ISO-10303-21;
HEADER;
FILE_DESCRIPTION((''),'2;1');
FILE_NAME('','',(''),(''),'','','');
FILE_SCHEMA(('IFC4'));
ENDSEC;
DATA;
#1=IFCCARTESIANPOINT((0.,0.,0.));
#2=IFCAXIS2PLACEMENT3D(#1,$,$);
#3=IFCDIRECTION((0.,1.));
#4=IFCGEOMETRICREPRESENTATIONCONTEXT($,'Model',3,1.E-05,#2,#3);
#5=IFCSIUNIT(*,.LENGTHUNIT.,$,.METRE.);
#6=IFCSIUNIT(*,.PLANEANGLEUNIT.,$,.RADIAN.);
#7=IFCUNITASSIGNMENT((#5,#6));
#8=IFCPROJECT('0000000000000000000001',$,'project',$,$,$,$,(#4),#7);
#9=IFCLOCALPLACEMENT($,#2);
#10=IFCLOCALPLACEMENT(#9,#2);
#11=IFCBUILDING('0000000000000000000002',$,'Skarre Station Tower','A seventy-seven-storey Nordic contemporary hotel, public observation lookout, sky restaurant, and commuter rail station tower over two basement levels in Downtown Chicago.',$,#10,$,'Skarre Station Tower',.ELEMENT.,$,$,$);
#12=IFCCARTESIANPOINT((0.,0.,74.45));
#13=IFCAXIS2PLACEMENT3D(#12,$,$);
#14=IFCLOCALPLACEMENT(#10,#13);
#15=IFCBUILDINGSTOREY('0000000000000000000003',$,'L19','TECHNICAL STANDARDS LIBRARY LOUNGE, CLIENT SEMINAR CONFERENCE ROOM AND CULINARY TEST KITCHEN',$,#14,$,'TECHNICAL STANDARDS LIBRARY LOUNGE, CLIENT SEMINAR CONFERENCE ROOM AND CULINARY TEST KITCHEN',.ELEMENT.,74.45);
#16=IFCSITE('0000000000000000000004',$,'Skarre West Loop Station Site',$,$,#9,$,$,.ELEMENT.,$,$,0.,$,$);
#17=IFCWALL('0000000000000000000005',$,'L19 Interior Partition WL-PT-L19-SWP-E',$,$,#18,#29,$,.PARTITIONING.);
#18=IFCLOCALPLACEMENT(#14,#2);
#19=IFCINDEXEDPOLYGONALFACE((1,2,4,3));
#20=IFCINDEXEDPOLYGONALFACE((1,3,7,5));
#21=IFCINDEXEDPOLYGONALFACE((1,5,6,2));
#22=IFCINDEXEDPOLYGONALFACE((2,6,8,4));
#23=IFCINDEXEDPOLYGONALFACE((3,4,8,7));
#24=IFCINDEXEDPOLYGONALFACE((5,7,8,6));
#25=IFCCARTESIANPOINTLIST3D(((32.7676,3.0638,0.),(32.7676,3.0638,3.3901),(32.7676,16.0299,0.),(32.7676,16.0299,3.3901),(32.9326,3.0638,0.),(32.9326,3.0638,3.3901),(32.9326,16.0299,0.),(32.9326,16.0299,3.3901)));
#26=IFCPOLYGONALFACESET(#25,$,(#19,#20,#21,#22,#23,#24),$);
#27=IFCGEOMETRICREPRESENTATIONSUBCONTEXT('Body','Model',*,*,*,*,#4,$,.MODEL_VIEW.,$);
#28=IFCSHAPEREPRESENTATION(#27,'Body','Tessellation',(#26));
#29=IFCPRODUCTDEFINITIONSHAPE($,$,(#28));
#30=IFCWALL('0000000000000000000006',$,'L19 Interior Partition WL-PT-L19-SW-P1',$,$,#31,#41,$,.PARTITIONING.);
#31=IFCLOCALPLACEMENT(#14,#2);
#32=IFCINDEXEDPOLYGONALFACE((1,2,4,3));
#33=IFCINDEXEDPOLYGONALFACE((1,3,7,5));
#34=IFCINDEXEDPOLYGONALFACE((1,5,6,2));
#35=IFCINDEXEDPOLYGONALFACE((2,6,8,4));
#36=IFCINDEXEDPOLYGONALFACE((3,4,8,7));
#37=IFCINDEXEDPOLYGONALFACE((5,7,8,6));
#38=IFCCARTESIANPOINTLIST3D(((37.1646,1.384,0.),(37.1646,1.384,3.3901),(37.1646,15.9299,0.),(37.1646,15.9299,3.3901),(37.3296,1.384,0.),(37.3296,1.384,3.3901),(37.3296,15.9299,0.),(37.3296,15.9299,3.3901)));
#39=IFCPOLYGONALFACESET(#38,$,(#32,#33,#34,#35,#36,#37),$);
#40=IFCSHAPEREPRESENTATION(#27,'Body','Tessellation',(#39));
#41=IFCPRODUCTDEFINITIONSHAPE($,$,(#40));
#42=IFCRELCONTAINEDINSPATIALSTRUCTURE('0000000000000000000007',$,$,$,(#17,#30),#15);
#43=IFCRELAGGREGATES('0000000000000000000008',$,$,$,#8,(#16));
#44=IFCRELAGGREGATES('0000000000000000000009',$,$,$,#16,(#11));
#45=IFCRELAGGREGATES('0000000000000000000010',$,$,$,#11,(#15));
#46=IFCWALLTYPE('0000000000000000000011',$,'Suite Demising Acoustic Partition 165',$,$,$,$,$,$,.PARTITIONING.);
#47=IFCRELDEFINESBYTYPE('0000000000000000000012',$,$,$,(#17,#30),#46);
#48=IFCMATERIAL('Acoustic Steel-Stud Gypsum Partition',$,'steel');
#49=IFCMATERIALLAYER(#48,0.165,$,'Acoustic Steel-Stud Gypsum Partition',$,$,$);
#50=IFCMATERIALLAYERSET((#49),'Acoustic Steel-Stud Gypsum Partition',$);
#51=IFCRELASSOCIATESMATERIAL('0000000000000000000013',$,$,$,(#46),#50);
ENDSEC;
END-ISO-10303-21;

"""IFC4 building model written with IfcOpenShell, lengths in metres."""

from ifc_helpers import new_model, si_unit, direction, frame, frame_2d, origin, place, context, subcontext, project, spatial, rectangle, extrude, material, layer, layer_set, type_object, element, save


model = new_model("IFC4")

# Units and contexts
model_context = context("Model", 3, precision=1e-05, world=origin(), true_north=direction((0.0, 1.0)))
body_context = subcontext(model_context, "Body", "Model", "MODEL_VIEW")
ifc_project = project(units=[si_unit("LENGTHUNIT", "METRE"), si_unit("PLANEANGLEUNIT", "RADIAN")], contexts=[model_context])

# Site, building, storey
site_placement = place(None, origin())
site = spatial("IfcSite", under=ifc_project, at=site_placement, Name="Skarre West Loop Station Site", CompositionType="ELEMENT", RefElevation=0.0)
building_placement = place(site_placement, origin())
building = spatial("IfcBuilding", under=site, at=building_placement, Name="Skarre Station Tower", Description="A seventy-seven-storey Nordic contemporary hotel, public observation lookout, sky restaurant, and commuter rail station tower over two basement levels in Downtown Chicago.", LongName="Skarre Station Tower", CompositionType="ELEMENT")
storey_placement = place(building_placement, frame((0.0, 0.0, 74.45)))
storey = spatial("IfcBuildingStorey", under=building, at=storey_placement, Name="L19", Description="TECHNICAL STANDARDS LIBRARY LOUNGE, CLIENT SEMINAR CONFERENCE ROOM AND CULINARY TEST KITCHEN", LongName="TECHNICAL STANDARDS LIBRARY LOUNGE, CLIENT SEMINAR CONFERENCE ROOM AND CULINARY TEST KITCHEN", CompositionType="ELEMENT", Elevation=74.45)

# Walls
ifc_material_1 = material(Name="Acoustic Steel-Stud Gypsum Partition", Category="steel")
ifc_layer_1 = layer(ifc_material_1, 0.165, Name="Acoustic Steel-Stud Gypsum Partition")
ifc_layer_set_1 = layer_set([ifc_layer_1], Name="Acoustic Steel-Stud Gypsum Partition")
wall_type_1 = type_object("IfcWallType", Name="Suite Demising Acoustic Partition 165", PredefinedType="PARTITIONING", material=ifc_layer_set_1)
wall_1_placement = place(storey_placement, frame((32.8501, 3.064, 0.0), z_axis=(0.0, 0.0, 1.0), x_axis=(0.0, 1.0, 0.0)))
element("IfcWall", 1, at=wall_1_placement, inside=storey, type_object=wall_type_1, Name="L19 Interior Partition WL-PT-L19-SWP-E", PredefinedType="PARTITIONING", context=body_context, shape_type="SweptSolid", body=[
    extrude(rectangle(XDim=12.9661, YDim=0.165, at=frame_2d((6.4829, 0.0))), origin(), (0.0, 0.0, 1.0), 3.3901),
])
wall_2_placement = place(storey_placement, frame((37.2471, 1.384, 0.0), z_axis=(0.0, 0.0, 1.0), x_axis=(0.0, 1.0, 0.0)))
element("IfcWall", 2, at=wall_2_placement, inside=storey, type_object=wall_type_1, Name="L19 Interior Partition WL-PT-L19-SW-P1", PredefinedType="PARTITIONING", context=body_context, shape_type="SweptSolid", body=[
    extrude(rectangle(XDim=14.5459, YDim=0.165, at=frame_2d((7.2729, 0.0))), origin(), (0.0, 0.0, 1.0), 3.3901),
])

save(model, "model.ifc")
